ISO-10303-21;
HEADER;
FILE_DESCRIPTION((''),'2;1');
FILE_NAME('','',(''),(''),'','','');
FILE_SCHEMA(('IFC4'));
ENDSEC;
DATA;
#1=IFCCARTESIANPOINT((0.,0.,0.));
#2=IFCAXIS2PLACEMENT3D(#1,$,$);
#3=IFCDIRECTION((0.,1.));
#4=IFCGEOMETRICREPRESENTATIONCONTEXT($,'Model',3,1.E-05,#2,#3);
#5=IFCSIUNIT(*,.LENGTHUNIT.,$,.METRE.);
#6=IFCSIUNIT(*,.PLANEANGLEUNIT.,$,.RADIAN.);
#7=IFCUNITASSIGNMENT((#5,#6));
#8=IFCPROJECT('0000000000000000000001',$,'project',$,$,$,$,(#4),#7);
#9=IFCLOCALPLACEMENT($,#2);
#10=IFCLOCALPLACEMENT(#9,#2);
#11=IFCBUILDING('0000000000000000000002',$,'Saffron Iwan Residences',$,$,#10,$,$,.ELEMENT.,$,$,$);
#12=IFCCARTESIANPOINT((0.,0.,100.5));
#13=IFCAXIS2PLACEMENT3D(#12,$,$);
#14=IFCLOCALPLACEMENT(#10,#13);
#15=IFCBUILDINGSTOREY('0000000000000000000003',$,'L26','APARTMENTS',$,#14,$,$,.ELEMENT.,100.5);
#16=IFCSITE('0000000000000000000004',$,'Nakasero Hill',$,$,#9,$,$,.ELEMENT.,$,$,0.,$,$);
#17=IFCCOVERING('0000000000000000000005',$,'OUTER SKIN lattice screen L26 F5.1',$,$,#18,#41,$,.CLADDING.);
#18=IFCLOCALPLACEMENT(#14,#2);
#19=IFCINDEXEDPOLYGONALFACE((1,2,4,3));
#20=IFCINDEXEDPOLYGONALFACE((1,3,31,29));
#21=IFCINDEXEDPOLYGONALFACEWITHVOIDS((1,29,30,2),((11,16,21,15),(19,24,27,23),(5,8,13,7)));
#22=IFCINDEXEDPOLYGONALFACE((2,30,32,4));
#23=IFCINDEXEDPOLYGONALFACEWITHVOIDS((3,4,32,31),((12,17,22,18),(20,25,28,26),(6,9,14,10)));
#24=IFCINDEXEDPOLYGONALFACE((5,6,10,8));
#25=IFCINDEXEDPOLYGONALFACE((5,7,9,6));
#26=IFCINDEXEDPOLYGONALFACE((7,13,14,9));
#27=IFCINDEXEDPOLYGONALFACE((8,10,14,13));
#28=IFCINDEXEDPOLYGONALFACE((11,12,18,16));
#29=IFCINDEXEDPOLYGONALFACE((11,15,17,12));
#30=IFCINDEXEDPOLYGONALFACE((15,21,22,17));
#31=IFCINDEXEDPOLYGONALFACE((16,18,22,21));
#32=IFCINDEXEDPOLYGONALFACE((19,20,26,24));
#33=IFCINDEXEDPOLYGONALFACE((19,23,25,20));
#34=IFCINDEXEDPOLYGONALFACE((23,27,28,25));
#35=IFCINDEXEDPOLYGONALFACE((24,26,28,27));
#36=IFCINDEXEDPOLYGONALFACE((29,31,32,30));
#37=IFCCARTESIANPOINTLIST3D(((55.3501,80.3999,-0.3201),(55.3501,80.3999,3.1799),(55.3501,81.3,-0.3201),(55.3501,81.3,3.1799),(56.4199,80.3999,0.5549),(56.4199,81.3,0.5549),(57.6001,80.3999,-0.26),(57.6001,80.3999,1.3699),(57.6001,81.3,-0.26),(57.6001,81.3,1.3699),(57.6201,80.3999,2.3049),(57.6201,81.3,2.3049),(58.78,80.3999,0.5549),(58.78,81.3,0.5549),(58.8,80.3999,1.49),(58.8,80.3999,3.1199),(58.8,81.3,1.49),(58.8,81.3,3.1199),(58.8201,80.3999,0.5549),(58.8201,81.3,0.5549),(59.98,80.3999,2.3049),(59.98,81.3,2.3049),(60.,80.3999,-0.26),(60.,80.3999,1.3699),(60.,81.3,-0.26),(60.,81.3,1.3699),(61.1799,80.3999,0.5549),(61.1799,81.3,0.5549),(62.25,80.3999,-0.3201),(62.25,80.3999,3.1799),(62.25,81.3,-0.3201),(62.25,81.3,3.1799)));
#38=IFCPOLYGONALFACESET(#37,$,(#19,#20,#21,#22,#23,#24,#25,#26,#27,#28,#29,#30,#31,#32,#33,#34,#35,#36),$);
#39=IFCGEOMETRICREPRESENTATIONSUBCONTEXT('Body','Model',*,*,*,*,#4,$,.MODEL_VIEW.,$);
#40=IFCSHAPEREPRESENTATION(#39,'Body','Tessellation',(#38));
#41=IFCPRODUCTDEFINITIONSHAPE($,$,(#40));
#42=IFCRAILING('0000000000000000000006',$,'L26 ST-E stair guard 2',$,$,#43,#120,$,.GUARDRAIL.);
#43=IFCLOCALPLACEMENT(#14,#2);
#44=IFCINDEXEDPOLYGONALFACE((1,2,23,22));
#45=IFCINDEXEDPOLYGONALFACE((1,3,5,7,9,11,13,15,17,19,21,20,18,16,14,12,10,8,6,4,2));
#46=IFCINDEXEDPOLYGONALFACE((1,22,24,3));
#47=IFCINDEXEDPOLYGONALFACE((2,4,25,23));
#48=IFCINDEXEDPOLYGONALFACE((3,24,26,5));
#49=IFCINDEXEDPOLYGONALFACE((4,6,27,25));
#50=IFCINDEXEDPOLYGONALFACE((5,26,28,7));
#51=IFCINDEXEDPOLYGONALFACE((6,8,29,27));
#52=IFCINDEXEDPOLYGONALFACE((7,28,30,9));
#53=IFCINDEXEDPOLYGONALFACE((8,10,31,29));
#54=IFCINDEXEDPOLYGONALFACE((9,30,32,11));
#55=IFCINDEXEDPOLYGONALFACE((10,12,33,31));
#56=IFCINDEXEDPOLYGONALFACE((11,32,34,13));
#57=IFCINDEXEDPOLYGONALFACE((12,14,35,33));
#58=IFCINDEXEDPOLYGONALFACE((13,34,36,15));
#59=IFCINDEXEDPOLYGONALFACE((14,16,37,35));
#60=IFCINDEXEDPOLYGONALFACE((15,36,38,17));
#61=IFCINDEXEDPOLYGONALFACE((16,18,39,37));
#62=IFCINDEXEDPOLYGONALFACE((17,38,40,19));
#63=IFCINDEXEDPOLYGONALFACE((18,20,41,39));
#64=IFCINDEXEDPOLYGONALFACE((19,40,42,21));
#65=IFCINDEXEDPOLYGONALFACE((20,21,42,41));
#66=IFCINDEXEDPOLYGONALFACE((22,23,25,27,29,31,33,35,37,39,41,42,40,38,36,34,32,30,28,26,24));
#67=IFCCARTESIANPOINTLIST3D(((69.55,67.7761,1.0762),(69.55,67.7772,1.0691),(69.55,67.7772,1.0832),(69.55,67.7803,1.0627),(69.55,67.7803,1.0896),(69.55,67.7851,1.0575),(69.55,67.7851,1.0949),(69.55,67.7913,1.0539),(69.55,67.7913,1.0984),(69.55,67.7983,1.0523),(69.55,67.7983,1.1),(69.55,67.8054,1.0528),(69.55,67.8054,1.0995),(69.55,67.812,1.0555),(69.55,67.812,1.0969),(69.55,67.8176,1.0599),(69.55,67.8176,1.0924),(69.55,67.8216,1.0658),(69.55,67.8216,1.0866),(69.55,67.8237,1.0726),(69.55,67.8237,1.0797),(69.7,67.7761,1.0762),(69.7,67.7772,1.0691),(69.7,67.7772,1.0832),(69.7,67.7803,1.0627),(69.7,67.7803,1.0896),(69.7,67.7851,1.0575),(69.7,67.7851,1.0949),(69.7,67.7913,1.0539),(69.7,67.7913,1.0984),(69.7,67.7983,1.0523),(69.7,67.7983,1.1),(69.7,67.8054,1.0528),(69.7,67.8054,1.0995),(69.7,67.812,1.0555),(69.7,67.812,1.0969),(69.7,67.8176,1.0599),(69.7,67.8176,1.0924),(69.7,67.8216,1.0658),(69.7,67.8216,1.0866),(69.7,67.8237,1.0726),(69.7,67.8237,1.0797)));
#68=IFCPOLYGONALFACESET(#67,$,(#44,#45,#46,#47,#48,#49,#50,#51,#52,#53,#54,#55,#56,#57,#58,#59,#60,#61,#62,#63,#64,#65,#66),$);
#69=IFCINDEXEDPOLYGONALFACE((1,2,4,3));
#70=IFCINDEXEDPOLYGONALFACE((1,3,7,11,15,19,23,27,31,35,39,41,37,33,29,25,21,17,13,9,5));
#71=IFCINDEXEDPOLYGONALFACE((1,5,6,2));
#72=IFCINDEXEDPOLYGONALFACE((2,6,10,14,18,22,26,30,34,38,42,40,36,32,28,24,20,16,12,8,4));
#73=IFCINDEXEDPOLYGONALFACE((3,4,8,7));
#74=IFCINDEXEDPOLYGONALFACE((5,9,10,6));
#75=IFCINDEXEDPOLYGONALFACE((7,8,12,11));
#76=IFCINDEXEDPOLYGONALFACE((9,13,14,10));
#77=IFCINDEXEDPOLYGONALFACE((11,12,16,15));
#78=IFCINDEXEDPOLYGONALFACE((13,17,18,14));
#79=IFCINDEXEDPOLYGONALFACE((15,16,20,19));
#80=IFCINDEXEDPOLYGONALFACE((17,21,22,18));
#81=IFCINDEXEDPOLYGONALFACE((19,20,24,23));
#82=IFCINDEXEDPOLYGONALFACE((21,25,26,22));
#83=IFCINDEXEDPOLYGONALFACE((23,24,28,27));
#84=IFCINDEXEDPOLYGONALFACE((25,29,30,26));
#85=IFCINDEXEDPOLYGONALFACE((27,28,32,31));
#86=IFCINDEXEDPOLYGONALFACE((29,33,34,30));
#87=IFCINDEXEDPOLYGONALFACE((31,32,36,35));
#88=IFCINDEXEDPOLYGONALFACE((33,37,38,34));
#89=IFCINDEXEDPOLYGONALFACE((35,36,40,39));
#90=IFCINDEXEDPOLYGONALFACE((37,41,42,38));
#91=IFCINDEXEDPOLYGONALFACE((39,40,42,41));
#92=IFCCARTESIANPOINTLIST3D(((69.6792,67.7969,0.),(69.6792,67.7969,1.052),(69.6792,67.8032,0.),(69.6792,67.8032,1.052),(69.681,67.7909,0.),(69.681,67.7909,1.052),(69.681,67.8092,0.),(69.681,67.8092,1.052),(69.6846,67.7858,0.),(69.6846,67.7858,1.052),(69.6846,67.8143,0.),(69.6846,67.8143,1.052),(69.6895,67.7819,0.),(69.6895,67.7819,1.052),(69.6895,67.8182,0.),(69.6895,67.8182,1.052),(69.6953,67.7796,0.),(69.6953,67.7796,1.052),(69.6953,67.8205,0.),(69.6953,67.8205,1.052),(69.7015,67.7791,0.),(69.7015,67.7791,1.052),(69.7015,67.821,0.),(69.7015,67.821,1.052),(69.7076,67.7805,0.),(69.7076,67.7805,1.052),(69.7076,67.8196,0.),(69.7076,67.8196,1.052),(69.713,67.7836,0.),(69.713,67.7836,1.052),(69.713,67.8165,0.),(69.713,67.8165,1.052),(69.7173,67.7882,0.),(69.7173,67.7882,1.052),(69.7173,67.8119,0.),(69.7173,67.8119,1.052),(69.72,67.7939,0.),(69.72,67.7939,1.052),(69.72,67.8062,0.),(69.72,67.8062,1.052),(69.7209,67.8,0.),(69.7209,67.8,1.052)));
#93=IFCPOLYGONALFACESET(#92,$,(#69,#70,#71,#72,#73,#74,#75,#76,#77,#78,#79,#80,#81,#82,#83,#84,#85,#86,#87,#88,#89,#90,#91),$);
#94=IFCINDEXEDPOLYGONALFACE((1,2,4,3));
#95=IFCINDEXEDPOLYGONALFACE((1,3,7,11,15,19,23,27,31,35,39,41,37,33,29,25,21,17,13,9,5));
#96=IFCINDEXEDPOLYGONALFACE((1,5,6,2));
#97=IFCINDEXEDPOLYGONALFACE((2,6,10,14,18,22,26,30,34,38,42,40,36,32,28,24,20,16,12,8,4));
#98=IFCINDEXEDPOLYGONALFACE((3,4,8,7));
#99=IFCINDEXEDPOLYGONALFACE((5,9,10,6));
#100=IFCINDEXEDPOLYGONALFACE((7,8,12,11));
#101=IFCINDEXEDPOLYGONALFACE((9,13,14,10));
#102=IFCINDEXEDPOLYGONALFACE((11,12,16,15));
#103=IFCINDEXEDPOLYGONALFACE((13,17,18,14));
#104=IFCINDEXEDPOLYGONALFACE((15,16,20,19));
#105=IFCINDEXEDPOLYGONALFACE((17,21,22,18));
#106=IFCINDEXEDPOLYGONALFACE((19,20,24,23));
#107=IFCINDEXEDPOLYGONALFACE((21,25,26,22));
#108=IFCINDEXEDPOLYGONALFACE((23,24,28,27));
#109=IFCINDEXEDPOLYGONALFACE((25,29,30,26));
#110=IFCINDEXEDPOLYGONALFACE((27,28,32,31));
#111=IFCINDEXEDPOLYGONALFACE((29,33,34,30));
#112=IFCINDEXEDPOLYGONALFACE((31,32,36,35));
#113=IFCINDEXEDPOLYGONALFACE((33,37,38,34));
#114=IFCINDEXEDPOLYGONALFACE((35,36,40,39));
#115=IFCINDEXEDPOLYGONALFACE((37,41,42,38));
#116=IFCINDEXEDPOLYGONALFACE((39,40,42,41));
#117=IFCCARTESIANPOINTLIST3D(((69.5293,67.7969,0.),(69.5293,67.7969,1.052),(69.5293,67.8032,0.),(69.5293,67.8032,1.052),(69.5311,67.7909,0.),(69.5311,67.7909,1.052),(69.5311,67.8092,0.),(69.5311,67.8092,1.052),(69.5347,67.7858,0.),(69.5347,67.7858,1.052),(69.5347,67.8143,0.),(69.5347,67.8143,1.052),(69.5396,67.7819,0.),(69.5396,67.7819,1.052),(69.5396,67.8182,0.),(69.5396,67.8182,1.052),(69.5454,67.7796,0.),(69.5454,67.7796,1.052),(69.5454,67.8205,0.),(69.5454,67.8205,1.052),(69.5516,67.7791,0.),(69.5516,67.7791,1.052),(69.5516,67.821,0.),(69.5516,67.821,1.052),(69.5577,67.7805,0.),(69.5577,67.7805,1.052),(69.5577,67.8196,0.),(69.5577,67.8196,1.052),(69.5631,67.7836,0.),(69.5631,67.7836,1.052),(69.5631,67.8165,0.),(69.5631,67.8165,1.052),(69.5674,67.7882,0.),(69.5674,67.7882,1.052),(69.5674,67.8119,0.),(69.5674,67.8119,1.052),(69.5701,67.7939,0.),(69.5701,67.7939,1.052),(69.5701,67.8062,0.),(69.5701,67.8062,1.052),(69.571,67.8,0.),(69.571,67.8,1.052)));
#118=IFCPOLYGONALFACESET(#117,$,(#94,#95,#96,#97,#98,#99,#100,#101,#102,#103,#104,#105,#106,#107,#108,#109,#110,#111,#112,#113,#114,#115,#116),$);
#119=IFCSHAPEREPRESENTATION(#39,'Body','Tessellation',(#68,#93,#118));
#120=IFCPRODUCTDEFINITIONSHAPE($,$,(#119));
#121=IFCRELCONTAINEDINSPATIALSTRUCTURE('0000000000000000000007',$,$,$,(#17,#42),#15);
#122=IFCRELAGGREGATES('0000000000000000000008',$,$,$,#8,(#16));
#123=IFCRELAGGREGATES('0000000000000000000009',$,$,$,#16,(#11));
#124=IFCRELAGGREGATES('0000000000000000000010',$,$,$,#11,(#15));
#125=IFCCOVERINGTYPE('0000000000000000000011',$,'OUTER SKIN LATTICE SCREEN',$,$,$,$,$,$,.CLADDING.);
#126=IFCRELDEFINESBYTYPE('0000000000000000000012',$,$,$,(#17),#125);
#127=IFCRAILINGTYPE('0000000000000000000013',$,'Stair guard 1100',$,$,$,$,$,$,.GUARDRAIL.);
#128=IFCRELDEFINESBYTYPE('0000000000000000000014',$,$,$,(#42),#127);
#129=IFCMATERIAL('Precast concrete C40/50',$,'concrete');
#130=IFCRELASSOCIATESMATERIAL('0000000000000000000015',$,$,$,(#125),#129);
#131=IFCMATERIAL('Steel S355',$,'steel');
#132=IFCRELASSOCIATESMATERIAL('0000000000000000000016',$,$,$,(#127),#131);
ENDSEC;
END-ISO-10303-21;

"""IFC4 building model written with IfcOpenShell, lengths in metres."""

from ifc_helpers import new_model, si_unit, direction, frame, origin, origin_2d, place, context, subcontext, project, spatial, polyline, circle, outline, extrude, material, type_object, element, save


model = new_model("IFC4")

# Units and contexts
model_context = context("Model", 3, precision=1e-05, world=origin(), true_north=direction((0.0, 1.0)))
body_context = subcontext(model_context, "Body", "Model", "MODEL_VIEW")
ifc_project = project(units=[si_unit("LENGTHUNIT", "METRE"), si_unit("PLANEANGLEUNIT", "RADIAN")], contexts=[model_context])

# Site, building, storey
site_placement = place(None, origin())
site = spatial("IfcSite", under=ifc_project, at=site_placement, Name="Nakasero Hill", CompositionType="ELEMENT", RefElevation=0.0)
building_placement = place(site_placement, origin())
building = spatial("IfcBuilding", under=site, at=building_placement, Name="Saffron Iwan Residences", CompositionType="ELEMENT")
storey_placement = place(building_placement, frame((0.0, 0.0, 100.5)))
storey = spatial("IfcBuildingStorey", under=building, at=storey_placement, Name="L26", Description="APARTMENTS", CompositionType="ELEMENT", Elevation=100.5)

# Covering
ifc_material_1 = material(Name="Precast concrete C40/50", Category="concrete")
covering_type_1 = type_object("IfcCoveringType", Name="OUTER SKIN LATTICE SCREEN", PredefinedType="CLADDING", material=ifc_material_1)
covering_placement = place(storey_placement, frame((62.25, 80.3999, -0.3201), z_axis=(0.0, 1.0, 0.0), x_axis=(-1.0, 0.0, 0.0)))
element("IfcCovering", 1, at=covering_placement, inside=storey, type_object=covering_type_1, Name="OUTER SKIN lattice screen L26 F5.1", PredefinedType="CLADDING", context=body_context, shape_type="SweptSolid", body=[
    extrude(outline(polyline([(0.0, 0.0), (6.8999, 0.0), (6.8999, 3.5), (0.0, 3.5), (0.0, 0.0)]), holes=[polyline([(1.0701, 0.875), (2.25, 0.0601), (3.4299, 0.875), (2.25, 1.6899), (1.0701, 0.875)]), polyline([(3.47, 0.875), (4.6499, 0.0601), (5.8301, 0.875), (4.6499, 1.6899), (3.47, 0.875)]), polyline([(2.27, 2.625), (3.45, 1.8101), (4.6299, 2.625), (3.45, 3.4399), (2.27, 2.625)])]), origin(), (0.0, 0.0, 1.0), 0.9001),
])

# Railing
ifc_material_2 = material(Name="Steel S355", Category="steel")
railing_type_1 = type_object("IfcRailingType", Name="Stair guard 1100", PredefinedType="GUARDRAIL", material=ifc_material_2)
railing_1_placement = place(storey_placement, frame((69.7, 67.8, 0.0)))
element("IfcRailing", 2, at=railing_1_placement, inside=storey, type_object=railing_type_1, Name="L26 ST-E stair guard 2", PredefinedType="GUARDRAIL", context=body_context, shape_type="SweptSolid", body=[
    extrude(circle(Radius=0.0239, at=origin_2d()), frame((0.0, 0.0, 1.0762), z_axis=(-1.0, 0.0, 0.0), x_axis=(0.0, -1.0, 0.0)), (0.0, 0.0, 1.0), 0.1499),
    extrude(circle(Radius=0.021, at=origin_2d()), origin(), (0.0, 0.0, 1.0), 1.052),
    extrude(circle(Radius=0.021, at=origin_2d()), frame((-0.1499, 0.0, 0.0)), (0.0, 0.0, 1.0), 1.052),
])

save(model, "model.ifc")
